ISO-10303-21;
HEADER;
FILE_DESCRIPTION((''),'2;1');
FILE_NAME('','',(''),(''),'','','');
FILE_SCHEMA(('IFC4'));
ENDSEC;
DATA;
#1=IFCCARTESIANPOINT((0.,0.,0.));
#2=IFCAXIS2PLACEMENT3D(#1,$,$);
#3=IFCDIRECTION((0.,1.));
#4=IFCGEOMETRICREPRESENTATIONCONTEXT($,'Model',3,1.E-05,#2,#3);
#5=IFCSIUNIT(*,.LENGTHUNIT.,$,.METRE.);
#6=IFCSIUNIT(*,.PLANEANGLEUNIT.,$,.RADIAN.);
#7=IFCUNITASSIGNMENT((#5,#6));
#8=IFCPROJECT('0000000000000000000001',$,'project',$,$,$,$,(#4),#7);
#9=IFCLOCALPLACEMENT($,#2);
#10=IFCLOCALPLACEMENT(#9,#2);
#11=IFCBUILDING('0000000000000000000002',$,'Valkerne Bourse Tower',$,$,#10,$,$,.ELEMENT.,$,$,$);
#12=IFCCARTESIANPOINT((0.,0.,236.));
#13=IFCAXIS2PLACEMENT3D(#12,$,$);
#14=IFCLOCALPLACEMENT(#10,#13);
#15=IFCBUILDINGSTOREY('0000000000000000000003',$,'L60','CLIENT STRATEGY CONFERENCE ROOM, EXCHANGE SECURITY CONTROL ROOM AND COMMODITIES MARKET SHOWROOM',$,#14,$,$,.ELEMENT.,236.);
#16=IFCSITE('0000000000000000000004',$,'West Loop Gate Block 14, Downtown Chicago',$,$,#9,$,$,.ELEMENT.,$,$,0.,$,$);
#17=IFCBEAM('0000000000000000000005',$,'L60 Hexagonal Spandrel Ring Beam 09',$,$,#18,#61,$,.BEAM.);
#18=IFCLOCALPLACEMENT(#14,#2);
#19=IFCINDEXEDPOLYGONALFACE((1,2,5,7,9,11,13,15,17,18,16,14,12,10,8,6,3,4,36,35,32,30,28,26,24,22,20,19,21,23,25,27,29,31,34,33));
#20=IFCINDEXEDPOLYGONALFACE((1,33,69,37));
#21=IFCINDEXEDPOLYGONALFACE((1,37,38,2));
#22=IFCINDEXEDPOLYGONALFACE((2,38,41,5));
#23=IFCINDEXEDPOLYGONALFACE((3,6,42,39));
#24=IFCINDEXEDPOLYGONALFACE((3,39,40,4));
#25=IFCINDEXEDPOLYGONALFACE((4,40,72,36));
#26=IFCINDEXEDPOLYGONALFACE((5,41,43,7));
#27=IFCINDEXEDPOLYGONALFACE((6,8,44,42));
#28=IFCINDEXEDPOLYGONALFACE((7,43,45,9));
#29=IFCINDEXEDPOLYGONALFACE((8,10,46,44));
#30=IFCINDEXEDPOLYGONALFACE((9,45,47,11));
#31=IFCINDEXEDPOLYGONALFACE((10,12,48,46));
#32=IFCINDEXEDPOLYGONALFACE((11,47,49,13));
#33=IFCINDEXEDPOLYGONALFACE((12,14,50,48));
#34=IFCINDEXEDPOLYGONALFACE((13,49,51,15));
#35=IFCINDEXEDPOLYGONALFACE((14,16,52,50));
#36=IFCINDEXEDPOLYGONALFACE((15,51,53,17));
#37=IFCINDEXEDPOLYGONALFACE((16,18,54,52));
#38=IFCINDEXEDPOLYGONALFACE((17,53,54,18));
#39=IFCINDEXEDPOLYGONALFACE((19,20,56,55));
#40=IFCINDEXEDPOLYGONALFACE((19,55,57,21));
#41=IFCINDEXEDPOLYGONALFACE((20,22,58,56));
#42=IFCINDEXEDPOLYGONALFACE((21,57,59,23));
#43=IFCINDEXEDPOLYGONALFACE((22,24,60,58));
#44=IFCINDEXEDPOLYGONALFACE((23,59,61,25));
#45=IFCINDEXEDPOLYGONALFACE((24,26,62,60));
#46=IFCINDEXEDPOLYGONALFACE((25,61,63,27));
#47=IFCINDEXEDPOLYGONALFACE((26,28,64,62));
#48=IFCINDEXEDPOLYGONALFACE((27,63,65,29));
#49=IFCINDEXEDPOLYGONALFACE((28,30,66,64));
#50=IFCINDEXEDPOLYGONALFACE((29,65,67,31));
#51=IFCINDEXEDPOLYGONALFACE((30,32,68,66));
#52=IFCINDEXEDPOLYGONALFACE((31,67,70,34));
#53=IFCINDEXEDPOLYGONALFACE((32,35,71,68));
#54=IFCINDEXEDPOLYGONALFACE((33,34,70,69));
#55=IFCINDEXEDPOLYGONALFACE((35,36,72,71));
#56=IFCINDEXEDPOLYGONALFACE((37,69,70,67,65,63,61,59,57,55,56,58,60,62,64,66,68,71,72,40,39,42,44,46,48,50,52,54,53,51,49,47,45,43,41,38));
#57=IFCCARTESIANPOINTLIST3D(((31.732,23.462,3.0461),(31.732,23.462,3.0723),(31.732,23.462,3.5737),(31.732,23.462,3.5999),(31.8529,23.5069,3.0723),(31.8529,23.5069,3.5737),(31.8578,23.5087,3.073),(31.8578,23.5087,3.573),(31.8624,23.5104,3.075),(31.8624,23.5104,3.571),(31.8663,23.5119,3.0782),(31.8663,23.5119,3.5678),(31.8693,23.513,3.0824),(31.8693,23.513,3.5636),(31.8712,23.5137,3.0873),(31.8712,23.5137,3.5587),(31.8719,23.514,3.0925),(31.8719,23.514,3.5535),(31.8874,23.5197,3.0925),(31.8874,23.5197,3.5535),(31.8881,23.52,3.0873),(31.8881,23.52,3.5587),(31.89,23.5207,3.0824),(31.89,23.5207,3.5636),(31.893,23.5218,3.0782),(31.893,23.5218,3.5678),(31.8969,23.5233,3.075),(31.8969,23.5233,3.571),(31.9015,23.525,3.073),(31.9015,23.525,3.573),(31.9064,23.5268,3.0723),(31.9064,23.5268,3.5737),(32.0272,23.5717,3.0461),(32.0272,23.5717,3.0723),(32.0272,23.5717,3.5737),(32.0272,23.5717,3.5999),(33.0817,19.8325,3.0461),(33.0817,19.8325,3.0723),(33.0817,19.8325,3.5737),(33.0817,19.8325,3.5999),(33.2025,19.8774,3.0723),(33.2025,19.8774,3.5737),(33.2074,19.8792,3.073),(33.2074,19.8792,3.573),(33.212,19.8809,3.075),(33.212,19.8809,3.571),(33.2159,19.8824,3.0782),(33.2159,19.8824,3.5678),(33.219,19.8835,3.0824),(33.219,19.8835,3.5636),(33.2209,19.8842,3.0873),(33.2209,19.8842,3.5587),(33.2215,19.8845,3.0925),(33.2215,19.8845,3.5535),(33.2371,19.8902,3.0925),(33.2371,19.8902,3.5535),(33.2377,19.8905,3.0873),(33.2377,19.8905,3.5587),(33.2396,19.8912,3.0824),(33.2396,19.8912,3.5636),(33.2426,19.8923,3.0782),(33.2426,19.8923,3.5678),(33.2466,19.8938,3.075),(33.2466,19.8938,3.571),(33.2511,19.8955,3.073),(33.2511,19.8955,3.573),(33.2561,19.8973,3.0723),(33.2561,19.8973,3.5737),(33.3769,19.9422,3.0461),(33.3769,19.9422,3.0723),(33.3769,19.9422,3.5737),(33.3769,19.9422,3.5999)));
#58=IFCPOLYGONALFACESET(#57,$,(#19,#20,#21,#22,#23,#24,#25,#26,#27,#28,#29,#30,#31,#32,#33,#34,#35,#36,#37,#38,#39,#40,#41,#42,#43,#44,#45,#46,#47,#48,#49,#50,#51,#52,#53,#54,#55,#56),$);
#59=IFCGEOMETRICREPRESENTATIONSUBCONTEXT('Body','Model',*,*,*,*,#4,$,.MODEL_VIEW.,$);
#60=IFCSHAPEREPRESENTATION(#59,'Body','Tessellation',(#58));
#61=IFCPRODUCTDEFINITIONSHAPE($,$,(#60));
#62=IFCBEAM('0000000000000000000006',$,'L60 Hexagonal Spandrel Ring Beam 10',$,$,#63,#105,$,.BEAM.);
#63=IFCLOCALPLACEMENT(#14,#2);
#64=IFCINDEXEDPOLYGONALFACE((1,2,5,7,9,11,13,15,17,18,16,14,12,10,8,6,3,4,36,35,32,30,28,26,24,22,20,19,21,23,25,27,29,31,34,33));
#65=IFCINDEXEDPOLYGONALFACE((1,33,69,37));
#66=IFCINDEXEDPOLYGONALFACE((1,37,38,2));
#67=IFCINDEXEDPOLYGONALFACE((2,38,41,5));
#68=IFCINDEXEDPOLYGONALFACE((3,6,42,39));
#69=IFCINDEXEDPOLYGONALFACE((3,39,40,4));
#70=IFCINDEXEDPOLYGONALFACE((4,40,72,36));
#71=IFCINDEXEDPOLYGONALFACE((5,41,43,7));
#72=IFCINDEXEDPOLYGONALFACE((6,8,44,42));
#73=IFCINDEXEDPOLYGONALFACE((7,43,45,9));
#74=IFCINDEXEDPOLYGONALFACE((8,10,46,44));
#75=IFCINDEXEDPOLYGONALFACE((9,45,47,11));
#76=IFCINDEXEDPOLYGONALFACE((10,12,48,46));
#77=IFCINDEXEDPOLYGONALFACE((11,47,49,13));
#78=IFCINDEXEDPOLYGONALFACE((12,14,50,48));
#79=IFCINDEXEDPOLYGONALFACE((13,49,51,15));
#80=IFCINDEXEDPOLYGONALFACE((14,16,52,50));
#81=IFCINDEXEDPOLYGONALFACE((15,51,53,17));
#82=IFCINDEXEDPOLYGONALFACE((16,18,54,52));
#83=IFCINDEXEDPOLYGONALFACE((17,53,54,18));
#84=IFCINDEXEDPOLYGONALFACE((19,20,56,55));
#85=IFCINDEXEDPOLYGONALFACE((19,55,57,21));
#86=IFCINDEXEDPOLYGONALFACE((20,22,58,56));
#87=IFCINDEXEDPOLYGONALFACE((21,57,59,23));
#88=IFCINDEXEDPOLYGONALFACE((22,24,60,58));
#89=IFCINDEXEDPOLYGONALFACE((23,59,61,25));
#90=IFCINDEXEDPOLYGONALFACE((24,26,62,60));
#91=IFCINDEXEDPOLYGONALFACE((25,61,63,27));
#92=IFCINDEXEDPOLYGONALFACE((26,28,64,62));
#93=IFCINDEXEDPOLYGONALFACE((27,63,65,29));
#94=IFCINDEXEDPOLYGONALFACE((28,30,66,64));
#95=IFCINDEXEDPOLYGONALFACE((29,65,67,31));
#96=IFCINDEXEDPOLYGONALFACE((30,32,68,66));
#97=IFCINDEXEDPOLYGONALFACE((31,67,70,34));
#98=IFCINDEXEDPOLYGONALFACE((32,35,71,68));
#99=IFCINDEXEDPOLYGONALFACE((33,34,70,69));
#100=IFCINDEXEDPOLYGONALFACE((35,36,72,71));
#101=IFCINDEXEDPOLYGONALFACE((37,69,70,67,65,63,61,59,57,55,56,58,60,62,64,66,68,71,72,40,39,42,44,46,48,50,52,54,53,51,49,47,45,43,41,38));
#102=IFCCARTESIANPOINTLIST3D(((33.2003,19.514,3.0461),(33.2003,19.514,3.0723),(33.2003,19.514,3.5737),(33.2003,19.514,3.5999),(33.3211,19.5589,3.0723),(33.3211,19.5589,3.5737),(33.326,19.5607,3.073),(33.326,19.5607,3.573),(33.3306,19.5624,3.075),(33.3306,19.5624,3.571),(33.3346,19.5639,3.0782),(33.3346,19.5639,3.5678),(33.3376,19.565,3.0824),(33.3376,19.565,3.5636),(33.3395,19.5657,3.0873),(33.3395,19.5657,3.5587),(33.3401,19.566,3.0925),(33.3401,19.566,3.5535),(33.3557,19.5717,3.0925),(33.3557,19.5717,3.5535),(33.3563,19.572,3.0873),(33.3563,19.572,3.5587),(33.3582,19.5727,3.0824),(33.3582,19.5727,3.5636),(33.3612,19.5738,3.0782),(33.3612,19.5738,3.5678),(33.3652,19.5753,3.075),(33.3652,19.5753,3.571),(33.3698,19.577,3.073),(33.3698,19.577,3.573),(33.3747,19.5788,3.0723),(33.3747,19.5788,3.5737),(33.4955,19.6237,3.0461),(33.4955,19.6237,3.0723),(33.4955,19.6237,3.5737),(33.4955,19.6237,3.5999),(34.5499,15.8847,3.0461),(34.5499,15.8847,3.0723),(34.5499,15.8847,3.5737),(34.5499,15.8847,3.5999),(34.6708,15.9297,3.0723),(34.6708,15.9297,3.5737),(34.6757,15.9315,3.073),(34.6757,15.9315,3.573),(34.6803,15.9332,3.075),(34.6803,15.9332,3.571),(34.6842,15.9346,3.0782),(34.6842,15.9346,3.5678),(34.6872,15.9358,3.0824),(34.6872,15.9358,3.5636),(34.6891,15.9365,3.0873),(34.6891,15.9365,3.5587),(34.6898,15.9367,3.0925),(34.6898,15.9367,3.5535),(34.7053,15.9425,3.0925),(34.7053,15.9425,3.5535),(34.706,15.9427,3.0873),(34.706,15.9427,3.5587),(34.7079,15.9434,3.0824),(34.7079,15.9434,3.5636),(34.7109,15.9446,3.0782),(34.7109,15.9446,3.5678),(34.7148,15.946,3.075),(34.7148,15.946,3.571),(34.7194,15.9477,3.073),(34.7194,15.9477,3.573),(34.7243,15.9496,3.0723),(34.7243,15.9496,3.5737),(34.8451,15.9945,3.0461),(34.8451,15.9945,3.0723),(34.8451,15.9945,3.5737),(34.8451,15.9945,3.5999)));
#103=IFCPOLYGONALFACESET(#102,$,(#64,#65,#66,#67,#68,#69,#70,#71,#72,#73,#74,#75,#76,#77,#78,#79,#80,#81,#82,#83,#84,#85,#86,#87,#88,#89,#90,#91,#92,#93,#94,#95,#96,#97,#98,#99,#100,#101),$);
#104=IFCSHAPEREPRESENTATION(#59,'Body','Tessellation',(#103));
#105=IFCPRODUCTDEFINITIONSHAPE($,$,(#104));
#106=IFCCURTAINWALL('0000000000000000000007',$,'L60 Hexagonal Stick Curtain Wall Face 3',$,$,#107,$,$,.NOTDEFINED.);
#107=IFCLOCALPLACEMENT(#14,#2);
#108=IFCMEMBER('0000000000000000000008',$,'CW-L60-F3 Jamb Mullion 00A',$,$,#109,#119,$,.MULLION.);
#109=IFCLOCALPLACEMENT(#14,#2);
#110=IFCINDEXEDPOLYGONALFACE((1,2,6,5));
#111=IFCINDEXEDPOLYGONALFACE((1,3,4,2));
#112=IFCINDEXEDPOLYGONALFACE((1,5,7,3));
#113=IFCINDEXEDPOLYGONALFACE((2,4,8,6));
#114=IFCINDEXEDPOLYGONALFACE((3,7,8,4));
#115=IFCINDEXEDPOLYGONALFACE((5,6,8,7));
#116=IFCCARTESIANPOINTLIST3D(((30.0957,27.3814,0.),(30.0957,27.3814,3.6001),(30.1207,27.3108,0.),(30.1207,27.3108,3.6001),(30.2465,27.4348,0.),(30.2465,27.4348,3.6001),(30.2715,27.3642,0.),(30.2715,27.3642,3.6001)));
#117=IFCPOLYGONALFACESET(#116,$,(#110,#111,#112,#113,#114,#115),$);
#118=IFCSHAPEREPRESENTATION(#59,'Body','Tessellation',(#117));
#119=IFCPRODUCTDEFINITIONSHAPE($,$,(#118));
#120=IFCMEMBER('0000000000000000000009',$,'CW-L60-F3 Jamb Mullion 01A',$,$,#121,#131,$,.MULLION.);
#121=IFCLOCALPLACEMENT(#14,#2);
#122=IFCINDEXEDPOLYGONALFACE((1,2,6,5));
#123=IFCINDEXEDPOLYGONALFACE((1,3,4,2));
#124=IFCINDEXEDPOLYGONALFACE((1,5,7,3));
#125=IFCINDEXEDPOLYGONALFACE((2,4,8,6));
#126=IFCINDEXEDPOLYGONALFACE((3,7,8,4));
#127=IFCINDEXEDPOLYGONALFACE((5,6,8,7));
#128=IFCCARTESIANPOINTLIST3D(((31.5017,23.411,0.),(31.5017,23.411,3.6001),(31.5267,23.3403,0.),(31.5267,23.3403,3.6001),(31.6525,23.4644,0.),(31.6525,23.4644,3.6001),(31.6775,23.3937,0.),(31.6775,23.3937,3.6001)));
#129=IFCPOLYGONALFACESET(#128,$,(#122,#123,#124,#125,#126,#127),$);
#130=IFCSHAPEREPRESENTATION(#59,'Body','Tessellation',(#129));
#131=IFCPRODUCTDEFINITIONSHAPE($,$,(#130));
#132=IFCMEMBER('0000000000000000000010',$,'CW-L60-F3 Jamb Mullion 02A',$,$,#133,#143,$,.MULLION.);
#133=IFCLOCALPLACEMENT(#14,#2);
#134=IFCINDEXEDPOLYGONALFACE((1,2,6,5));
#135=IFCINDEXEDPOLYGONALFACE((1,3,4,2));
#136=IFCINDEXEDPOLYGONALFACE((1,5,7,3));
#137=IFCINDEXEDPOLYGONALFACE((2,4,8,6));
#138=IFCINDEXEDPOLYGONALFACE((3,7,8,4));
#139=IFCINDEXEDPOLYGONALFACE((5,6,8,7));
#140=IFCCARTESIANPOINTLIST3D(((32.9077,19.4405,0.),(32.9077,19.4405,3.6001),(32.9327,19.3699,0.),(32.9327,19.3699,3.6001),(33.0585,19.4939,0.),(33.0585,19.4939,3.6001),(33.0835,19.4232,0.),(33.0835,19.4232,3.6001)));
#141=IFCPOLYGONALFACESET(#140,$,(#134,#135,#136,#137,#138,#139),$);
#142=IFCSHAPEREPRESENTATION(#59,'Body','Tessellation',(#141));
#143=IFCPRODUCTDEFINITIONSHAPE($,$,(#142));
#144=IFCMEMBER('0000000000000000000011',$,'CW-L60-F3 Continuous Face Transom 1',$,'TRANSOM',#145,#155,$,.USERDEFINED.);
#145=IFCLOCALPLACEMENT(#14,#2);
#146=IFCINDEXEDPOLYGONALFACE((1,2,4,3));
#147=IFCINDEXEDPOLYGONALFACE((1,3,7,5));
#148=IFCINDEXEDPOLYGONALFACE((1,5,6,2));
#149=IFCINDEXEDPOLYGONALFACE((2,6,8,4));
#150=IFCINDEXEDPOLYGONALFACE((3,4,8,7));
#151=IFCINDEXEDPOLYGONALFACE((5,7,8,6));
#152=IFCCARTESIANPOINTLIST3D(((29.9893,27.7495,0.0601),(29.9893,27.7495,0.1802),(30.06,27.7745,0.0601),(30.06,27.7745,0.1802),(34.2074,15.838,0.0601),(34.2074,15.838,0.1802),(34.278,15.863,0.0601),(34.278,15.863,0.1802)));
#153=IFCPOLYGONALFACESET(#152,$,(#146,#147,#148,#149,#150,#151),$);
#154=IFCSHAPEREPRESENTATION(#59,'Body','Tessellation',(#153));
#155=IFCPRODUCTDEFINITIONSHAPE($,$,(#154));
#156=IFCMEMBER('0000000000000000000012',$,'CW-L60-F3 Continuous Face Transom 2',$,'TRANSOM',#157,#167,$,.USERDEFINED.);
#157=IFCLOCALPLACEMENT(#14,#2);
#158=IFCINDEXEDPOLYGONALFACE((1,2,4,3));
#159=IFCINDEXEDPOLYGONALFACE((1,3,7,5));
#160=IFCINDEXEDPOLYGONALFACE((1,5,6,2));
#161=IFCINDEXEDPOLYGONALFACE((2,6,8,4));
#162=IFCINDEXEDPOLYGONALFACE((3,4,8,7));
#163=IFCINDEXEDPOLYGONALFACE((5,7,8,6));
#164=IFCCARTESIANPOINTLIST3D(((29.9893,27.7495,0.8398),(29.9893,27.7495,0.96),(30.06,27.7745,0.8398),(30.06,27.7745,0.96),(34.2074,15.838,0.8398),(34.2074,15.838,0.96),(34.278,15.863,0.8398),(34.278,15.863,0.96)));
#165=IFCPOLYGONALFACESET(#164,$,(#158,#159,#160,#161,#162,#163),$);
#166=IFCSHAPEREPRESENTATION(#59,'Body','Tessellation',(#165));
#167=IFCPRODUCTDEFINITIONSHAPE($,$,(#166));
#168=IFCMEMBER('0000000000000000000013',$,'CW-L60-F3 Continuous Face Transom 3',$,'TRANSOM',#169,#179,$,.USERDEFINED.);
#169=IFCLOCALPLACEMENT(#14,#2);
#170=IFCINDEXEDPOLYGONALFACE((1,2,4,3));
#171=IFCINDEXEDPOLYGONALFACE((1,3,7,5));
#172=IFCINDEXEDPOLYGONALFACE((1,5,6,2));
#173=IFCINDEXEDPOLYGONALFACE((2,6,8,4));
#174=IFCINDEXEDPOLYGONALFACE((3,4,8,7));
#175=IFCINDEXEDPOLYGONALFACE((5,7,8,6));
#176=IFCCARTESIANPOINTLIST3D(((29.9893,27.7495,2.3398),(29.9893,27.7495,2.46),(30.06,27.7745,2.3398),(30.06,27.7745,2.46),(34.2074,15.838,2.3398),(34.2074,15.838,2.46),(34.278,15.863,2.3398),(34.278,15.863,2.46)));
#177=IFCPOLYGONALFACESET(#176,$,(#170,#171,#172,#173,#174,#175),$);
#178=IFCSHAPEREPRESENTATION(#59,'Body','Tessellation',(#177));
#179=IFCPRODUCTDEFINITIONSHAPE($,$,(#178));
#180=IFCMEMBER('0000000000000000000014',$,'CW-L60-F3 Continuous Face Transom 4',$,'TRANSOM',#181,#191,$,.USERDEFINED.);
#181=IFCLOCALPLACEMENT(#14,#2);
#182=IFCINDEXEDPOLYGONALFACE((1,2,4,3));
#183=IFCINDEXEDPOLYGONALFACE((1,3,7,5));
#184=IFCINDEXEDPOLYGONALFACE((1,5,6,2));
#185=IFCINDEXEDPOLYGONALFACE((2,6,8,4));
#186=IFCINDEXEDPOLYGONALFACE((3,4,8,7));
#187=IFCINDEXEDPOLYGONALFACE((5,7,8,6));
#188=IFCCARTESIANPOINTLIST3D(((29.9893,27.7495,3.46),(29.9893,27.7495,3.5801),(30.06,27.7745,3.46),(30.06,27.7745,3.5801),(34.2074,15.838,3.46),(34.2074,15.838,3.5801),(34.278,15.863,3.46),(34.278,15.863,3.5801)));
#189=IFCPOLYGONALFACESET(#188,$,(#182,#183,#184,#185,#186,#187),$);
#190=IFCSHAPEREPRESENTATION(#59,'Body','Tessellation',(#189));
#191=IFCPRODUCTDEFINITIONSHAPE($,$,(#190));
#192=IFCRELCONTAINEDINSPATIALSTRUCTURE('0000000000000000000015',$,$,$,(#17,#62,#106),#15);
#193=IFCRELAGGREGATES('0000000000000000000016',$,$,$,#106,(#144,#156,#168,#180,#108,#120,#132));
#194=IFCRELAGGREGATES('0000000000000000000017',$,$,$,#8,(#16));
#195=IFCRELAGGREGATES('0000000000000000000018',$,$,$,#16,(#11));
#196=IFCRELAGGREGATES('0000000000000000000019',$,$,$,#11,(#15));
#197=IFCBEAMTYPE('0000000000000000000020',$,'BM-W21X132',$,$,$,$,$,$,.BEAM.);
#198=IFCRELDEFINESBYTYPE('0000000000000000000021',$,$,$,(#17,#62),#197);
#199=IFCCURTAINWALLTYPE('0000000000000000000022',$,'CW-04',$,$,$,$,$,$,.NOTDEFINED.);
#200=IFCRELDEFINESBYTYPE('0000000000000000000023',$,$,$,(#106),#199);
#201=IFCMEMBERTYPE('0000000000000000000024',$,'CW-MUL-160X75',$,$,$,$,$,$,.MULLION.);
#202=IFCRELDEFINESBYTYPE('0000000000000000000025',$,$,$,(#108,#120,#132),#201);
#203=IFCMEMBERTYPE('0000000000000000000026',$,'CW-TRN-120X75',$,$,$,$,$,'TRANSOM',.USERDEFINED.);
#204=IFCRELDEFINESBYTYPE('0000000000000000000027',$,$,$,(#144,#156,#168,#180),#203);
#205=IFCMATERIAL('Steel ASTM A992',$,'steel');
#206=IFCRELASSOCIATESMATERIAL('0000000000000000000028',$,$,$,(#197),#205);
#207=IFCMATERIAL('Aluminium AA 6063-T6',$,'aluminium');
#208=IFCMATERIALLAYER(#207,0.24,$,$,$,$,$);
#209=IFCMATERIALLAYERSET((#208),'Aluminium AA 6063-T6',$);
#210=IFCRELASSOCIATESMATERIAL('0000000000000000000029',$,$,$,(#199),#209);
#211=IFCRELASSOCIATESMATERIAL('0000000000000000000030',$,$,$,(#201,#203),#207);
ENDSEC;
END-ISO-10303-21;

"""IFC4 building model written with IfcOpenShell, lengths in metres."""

from ifc_helpers import new_model, si_unit, direction, frame, origin, origin_2d, place, context, subcontext, project, spatial, rectangle, i_section, extrude, material, layer, layer_set, material_profile, profile_set, type_object, element, aggregate, save


model = new_model("IFC4")

# Units and contexts
model_context = context("Model", 3, precision=1e-05, world=origin(), true_north=direction((0.0, 1.0)))
body_context = subcontext(model_context, "Body", "Model", "MODEL_VIEW")
ifc_project = project(units=[si_unit("LENGTHUNIT", "METRE"), si_unit("PLANEANGLEUNIT", "RADIAN")], contexts=[model_context])

# Site, building, storey
site_placement = place(None, origin())
site = spatial("IfcSite", under=ifc_project, at=site_placement, Name="West Loop Gate Block 14, Downtown Chicago", CompositionType="ELEMENT", RefElevation=0.0)
building_placement = place(site_placement, origin())
building = spatial("IfcBuilding", under=site, at=building_placement, Name="Valkerne Bourse Tower", CompositionType="ELEMENT")
storey_placement = place(building_placement, frame((0.0, 0.0, 236.0)))
storey = spatial("IfcBuildingStorey", under=building, at=storey_placement, Name="L60", Description="CLIENT STRATEGY CONFERENCE ROOM, EXCHANGE SECURITY CONTROL ROOM AND COMMODITIES MARKET SHOWROOM", CompositionType="ELEMENT", Elevation=236.0)

# Beams
ifc_material_1 = material(Name="Steel ASTM A992", Category="steel")
ifc_material_profile_1 = material_profile(ifc_material_1, i_section(OverallWidth=0.3149, OverallDepth=0.5537, WebThickness=0.0166, FlangeThickness=0.0261, FilletRadius=0.0203, at=origin_2d()), Name="W21X132")
ifc_profile_set_1 = profile_set([ifc_material_profile_1], Name="Steel ASTM A992")
beam_type_1 = type_object("IfcBeamType", Name="BM-W21X132", PredefinedType="BEAM", material=ifc_profile_set_1)
beam_1_placement = place(storey_placement, frame((31.8796, 23.5168, 3.323), z_axis=(0.348538, -0.937295, 0.0), x_axis=(0.937295, 0.348538, 0.0)))
element("IfcBeam", 1, at=beam_1_placement, inside=storey, type_object=beam_type_1, Name="L60 Hexagonal Spandrel Ring Beam 09", PredefinedType="BEAM", context=body_context, shape_type="SweptSolid", body=[
    extrude(i_section(OverallWidth=0.3149, OverallDepth=0.5537, WebThickness=0.0166, FlangeThickness=0.0261, FilletRadius=0.0203, at=origin_2d()), origin(), (0.0, 0.0, 1.0), 3.8723),
])
beam_2_placement = place(storey_placement, frame((33.3479, 19.5688, 3.323), z_axis=(0.348559, -0.937287, 0.0), x_axis=(0.937287, 0.348559, 0.0)))
element("IfcBeam", 2, at=beam_2_placement, inside=storey, type_object=beam_type_1, Name="L60 Hexagonal Spandrel Ring Beam 10", PredefinedType="BEAM", context=body_context, shape_type="SweptSolid", body=[
    extrude(i_section(OverallWidth=0.3149, OverallDepth=0.5537, WebThickness=0.0166, FlangeThickness=0.0261, FilletRadius=0.0203, at=origin_2d()), origin(), (0.0, 0.0, 1.0), 3.8721),
])

# Curtain wall, members
ifc_material_2 = material(Name="Aluminium AA 6063-T6", Category="aluminium")
ifc_layer_1 = layer(ifc_material_2, 0.24)
ifc_layer_set_1 = layer_set([ifc_layer_1], Name="Aluminium AA 6063-T6")
curtain_wall_type = type_object("IfcCurtainWallType", Name="CW-04", PredefinedType="NOTDEFINED", material=ifc_layer_set_1)
curtain_wall_placement = place(storey_placement, origin())
curtain_wall = element("IfcCurtainWall", 3, at=curtain_wall_placement, inside=storey, type_object=curtain_wall_type, Name="L60 Hexagonal Stick Curtain Wall Face 3", PredefinedType="NOTDEFINED")
ifc_material_profile_2 = material_profile(ifc_material_2, rectangle(XDim=0.075, YDim=0.1599, at=origin_2d()), Name="CWM-75X160")
ifc_profile_set_2 = profile_set([ifc_material_profile_2], Name="Aluminium AA 6063-T6")
member_type_1 = type_object("IfcMemberType", Name="CW-MUL-160X75", PredefinedType="MULLION", material=ifc_profile_set_2)
member_1_placement = place(storey_placement, frame((30.1836, 27.3728, 0.0), z_axis=(0.0, 0.0, 1.0), x_axis=(0.333808, -0.942641, 0.0)))
member_1 = element("IfcMember", 4, at=member_1_placement, type_object=member_type_1, Name="CW-L60-F3 Jamb Mullion 00A", PredefinedType="MULLION", context=body_context, shape_type="SweptSolid", body=[
    extrude(rectangle(XDim=0.075, YDim=0.1599, at=origin_2d()), origin(), (0.0, 0.0, 1.0), 3.6001),
])
member_2_placement = place(storey_placement, frame((31.5896, 23.4023, 0.0), z_axis=(0.0, 0.0, 1.0), x_axis=(0.333808, -0.942641, 0.0)))
member_2 = element("IfcMember", 5, at=member_2_placement, type_object=member_type_1, Name="CW-L60-F3 Jamb Mullion 01A", PredefinedType="MULLION", context=body_context, shape_type="SweptSolid", body=[
    extrude(rectangle(XDim=0.075, YDim=0.1599, at=origin_2d()), origin(), (0.0, 0.0, 1.0), 3.6001),
])
member_3_placement = place(storey_placement, frame((32.9956, 19.4319, 0.0), z_axis=(0.0, 0.0, 1.0), x_axis=(0.333801, -0.942644, 0.0)))
member_3 = element("IfcMember", 6, at=member_3_placement, type_object=member_type_1, Name="CW-L60-F3 Jamb Mullion 02A", PredefinedType="MULLION", context=body_context, shape_type="SweptSolid", body=[
    extrude(rectangle(XDim=0.075, YDim=0.1599, at=origin_2d()), origin(), (0.0, 0.0, 1.0), 3.6001),
])
ifc_material_profile_3 = material_profile(ifc_material_2, rectangle(XDim=0.075, YDim=0.1201, at=origin_2d()), Name="CWT-75X120")
ifc_profile_set_3 = profile_set([ifc_material_profile_3], Name="Aluminium AA 6063-T6")
member_type_2 = type_object("IfcMemberType", Name="CW-TRN-120X75", ElementType="TRANSOM", PredefinedType="USERDEFINED", material=ifc_profile_set_3)
member_4_placement = place(storey_placement, frame((30.0247, 27.762, 0.1201), z_axis=(0.333805, -0.942642, 0.0), x_axis=(0.942642, 0.333805, 0.0)))
member_4 = element("IfcMember", 7, at=member_4_placement, type_object=member_type_2, Name="CW-L60-F3 Continuous Face Transom 1", ObjectType="TRANSOM", PredefinedType="USERDEFINED", context=body_context, shape_type="SweptSolid", body=[
    extrude(rectangle(XDim=0.075, YDim=0.1201, at=origin_2d()), origin(), (0.0, 0.0, 1.0), 12.6362),
])
member_5_placement = place(storey_placement, frame((30.0247, 27.762, 0.8999), z_axis=(0.333805, -0.942642, 0.0), x_axis=(0.942642, 0.333805, 0.0)))
member_5 = element("IfcMember", 8, at=member_5_placement, type_object=member_type_2, Name="CW-L60-F3 Continuous Face Transom 2", ObjectType="TRANSOM", PredefinedType="USERDEFINED", context=body_context, shape_type="SweptSolid", body=[
    extrude(rectangle(XDim=0.075, YDim=0.1201, at=origin_2d()), origin(), (0.0, 0.0, 1.0), 12.6362),
])
member_6_placement = place(storey_placement, frame((30.0247, 27.762, 2.3999), z_axis=(0.333805, -0.942642, 0.0), x_axis=(0.942642, 0.333805, 0.0)))
member_6 = element("IfcMember", 9, at=member_6_placement, type_object=member_type_2, Name="CW-L60-F3 Continuous Face Transom 3", ObjectType="TRANSOM", PredefinedType="USERDEFINED", context=body_context, shape_type="SweptSolid", body=[
    extrude(rectangle(XDim=0.075, YDim=0.1201, at=origin_2d()), origin(), (0.0, 0.0, 1.0), 12.6362),
])
member_7_placement = place(storey_placement, frame((30.0247, 27.762, 3.52), z_axis=(0.333805, -0.942642, 0.0), x_axis=(0.942642, 0.333805, 0.0)))
member_7 = element("IfcMember", 10, at=member_7_placement, type_object=member_type_2, Name="CW-L60-F3 Continuous Face Transom 4", ObjectType="TRANSOM", PredefinedType="USERDEFINED", context=body_context, shape_type="SweptSolid", body=[
    extrude(rectangle(XDim=0.075, YDim=0.1201, at=origin_2d()), origin(), (0.0, 0.0, 1.0), 12.6362),
])

aggregate(curtain_wall, [member_4, member_5, member_6, member_7, member_1, member_2, member_3])

save(model, "model.ifc")
